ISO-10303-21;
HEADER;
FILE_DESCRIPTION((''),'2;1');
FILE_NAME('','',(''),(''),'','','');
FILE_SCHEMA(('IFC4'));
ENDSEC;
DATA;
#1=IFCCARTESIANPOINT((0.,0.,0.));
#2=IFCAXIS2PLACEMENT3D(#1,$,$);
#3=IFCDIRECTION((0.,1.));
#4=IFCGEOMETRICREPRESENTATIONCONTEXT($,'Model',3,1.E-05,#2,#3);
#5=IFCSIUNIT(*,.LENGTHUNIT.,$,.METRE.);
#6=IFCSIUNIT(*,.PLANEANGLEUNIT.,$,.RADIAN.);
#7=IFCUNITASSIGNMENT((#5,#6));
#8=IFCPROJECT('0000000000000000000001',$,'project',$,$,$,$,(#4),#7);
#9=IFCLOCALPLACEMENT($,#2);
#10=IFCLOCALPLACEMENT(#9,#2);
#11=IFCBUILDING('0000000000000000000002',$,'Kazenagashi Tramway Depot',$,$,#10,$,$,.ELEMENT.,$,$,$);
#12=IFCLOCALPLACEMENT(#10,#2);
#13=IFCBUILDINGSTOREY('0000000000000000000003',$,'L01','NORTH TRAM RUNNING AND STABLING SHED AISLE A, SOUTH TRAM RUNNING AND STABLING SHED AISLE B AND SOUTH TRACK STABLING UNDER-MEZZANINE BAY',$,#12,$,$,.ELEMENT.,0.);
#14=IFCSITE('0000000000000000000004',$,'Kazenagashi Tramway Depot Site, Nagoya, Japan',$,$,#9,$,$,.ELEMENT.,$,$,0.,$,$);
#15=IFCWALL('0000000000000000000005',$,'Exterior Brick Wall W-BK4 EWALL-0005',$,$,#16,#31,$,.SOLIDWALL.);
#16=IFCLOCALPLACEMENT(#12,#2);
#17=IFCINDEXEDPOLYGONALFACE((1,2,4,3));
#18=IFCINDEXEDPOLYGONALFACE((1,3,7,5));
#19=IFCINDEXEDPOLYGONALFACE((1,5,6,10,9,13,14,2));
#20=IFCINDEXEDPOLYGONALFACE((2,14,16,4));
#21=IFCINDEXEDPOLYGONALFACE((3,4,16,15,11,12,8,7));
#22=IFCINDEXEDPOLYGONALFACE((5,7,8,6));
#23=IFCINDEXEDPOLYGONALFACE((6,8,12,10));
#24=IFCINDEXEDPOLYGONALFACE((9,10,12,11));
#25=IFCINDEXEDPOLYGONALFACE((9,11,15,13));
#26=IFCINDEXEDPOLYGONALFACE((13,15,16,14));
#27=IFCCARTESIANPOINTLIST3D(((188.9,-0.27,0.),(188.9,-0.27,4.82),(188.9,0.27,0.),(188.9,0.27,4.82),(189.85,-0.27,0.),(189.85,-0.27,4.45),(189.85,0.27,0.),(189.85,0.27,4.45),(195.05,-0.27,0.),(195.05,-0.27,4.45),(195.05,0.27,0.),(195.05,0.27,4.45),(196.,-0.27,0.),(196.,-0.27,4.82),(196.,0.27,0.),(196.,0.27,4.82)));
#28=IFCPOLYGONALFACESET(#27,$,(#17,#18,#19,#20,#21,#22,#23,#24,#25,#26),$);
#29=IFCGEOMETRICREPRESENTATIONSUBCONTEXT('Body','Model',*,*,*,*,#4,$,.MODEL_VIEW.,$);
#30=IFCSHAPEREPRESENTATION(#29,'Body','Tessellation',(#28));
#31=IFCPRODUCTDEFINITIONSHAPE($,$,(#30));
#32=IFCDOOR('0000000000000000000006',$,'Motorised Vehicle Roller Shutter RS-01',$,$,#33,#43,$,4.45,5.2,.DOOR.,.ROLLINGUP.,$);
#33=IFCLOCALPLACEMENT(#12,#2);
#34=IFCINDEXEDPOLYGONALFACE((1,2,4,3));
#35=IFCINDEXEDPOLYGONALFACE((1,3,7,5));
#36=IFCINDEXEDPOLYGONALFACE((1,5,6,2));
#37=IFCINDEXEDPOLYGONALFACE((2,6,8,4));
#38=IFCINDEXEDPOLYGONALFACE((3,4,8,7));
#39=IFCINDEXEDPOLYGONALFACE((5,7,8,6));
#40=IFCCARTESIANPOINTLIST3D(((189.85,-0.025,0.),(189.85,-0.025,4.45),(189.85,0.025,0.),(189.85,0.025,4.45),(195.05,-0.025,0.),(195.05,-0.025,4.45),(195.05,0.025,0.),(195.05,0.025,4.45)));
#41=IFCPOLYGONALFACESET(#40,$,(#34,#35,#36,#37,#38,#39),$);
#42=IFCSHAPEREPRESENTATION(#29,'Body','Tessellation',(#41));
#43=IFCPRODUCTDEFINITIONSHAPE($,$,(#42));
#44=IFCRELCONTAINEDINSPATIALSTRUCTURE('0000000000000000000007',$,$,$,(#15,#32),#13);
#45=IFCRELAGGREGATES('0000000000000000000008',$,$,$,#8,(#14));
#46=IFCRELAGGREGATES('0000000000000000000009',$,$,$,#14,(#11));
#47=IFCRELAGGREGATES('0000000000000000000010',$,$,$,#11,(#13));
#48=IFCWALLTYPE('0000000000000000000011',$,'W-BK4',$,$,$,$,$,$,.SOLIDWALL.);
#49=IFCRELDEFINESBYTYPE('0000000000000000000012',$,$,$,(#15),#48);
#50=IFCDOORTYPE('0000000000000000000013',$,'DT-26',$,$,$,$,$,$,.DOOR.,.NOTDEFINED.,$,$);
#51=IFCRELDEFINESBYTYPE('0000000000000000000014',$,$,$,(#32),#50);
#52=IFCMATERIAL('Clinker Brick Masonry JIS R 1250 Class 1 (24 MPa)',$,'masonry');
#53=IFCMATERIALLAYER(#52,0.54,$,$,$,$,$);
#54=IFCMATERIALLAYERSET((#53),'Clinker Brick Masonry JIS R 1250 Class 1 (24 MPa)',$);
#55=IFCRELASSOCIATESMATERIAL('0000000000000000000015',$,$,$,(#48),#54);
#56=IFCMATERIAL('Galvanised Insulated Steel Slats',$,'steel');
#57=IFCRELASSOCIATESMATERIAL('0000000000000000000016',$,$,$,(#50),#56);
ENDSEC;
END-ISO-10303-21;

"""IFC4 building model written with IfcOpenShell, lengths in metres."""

from ifc_helpers import new_model, si_unit, direction, frame, frame_2d, origin, place, context, subcontext, project, spatial, rectangle, extrude, material, layer, layer_set, type_object, element, fill, save


model = new_model("IFC4")

# Units and contexts
model_context = context("Model", 3, precision=1e-05, world=origin(), true_north=direction((0.0, 1.0)))
body_context = subcontext(model_context, "Body", "Model", "MODEL_VIEW")
ifc_project = project(units=[si_unit("LENGTHUNIT", "METRE"), si_unit("PLANEANGLEUNIT", "RADIAN")], contexts=[model_context])

# Site, building, storey
site_placement = place(None, origin())
site = spatial("IfcSite", under=ifc_project, at=site_placement, Name="Kazenagashi Tramway Depot Site, Nagoya, Japan", CompositionType="ELEMENT", RefElevation=0.0)
building_placement = place(site_placement, origin())
building = spatial("IfcBuilding", under=site, at=building_placement, Name="Kazenagashi Tramway Depot", CompositionType="ELEMENT")
storey_placement = place(building_placement, origin())
storey = spatial("IfcBuildingStorey", under=building, at=storey_placement, Name="L01", Description="NORTH TRAM RUNNING AND STABLING SHED AISLE A, SOUTH TRAM RUNNING AND STABLING SHED AISLE B AND SOUTH TRACK STABLING UNDER-MEZZANINE BAY", CompositionType="ELEMENT", Elevation=0.0)

# Wall, opening, door
ifc_material_1 = material(Name="Clinker Brick Masonry JIS R 1250 Class 1 (24 MPa)", Category="masonry")
ifc_layer_1 = layer(ifc_material_1, 0.54)
ifc_layer_set_1 = layer_set([ifc_layer_1], Name="Clinker Brick Masonry JIS R 1250 Class 1 (24 MPa)")
wall_type_1 = type_object("IfcWallType", Name="W-BK4", PredefinedType="SOLIDWALL", material=ifc_layer_set_1)
wall_1_placement = place(storey_placement, frame((188.9, 0.0, 0.0), z_axis=(0.0, 0.0, 1.0), x_axis=(1.0, 0.0, 0.0)))
wall_1 = element("IfcWall", 1, at=wall_1_placement, inside=storey, type_object=wall_type_1, Name="Exterior Brick Wall W-BK4 EWALL-0005", PredefinedType="SOLIDWALL", context=body_context, shape_type="SweptSolid", body=[
    extrude(rectangle(XDim=7.1, YDim=0.54, at=frame_2d((3.55, 0.0))), origin(), (0.0, 0.0, 1.0), 4.82),
])
opening_1_placement = place(wall_1_placement, frame((0.95, 0.0, 0.0)))
opening_1 = element("IfcOpeningElement", 2, at=opening_1_placement, cuts=wall_1, PredefinedType="OPENING", context=body_context, shape_type="SweptSolid", body=[
    extrude(rectangle(XDim=5.2, YDim=4.45, at=frame_2d((2.6, 2.225))), frame((0.0, 0.28, 0.0), z_axis=(0.0, -1.0, 0.0), x_axis=(1.0, 0.0, 0.0)), (0.0, 0.0, 1.0), 0.56),
])
ifc_material_2 = material(Name="Galvanised Insulated Steel Slats", Category="steel")
door_type = type_object("IfcDoorType", Name="DT-26", OperationType="NOTDEFINED", PredefinedType="DOOR", material=ifc_material_2)
door_placement = place(opening_1_placement, frame((5.2, 0.0, 0.0), z_axis=(0.0, 0.0, 1.0), x_axis=(-1.0, 0.0, 0.0)))
door = element("IfcDoor", 3, at=door_placement, inside=storey, type_object=door_type, Name="Motorised Vehicle Roller Shutter RS-01", OperationType="ROLLINGUP", OverallHeight=4.45, OverallWidth=5.2, PredefinedType="DOOR", context=body_context, shape_type="SweptSolid", body=[
    extrude(rectangle(XDim=5.2, YDim=4.45, at=frame_2d((2.6, 2.225))), frame((0.0, 0.025, 0.0), z_axis=(0.0, -1.0, 0.0), x_axis=(1.0, 0.0, 0.0)), (0.0, 0.0, 1.0), 0.05),
])
fill(opening_1, door)

save(model, "model.ifc")
